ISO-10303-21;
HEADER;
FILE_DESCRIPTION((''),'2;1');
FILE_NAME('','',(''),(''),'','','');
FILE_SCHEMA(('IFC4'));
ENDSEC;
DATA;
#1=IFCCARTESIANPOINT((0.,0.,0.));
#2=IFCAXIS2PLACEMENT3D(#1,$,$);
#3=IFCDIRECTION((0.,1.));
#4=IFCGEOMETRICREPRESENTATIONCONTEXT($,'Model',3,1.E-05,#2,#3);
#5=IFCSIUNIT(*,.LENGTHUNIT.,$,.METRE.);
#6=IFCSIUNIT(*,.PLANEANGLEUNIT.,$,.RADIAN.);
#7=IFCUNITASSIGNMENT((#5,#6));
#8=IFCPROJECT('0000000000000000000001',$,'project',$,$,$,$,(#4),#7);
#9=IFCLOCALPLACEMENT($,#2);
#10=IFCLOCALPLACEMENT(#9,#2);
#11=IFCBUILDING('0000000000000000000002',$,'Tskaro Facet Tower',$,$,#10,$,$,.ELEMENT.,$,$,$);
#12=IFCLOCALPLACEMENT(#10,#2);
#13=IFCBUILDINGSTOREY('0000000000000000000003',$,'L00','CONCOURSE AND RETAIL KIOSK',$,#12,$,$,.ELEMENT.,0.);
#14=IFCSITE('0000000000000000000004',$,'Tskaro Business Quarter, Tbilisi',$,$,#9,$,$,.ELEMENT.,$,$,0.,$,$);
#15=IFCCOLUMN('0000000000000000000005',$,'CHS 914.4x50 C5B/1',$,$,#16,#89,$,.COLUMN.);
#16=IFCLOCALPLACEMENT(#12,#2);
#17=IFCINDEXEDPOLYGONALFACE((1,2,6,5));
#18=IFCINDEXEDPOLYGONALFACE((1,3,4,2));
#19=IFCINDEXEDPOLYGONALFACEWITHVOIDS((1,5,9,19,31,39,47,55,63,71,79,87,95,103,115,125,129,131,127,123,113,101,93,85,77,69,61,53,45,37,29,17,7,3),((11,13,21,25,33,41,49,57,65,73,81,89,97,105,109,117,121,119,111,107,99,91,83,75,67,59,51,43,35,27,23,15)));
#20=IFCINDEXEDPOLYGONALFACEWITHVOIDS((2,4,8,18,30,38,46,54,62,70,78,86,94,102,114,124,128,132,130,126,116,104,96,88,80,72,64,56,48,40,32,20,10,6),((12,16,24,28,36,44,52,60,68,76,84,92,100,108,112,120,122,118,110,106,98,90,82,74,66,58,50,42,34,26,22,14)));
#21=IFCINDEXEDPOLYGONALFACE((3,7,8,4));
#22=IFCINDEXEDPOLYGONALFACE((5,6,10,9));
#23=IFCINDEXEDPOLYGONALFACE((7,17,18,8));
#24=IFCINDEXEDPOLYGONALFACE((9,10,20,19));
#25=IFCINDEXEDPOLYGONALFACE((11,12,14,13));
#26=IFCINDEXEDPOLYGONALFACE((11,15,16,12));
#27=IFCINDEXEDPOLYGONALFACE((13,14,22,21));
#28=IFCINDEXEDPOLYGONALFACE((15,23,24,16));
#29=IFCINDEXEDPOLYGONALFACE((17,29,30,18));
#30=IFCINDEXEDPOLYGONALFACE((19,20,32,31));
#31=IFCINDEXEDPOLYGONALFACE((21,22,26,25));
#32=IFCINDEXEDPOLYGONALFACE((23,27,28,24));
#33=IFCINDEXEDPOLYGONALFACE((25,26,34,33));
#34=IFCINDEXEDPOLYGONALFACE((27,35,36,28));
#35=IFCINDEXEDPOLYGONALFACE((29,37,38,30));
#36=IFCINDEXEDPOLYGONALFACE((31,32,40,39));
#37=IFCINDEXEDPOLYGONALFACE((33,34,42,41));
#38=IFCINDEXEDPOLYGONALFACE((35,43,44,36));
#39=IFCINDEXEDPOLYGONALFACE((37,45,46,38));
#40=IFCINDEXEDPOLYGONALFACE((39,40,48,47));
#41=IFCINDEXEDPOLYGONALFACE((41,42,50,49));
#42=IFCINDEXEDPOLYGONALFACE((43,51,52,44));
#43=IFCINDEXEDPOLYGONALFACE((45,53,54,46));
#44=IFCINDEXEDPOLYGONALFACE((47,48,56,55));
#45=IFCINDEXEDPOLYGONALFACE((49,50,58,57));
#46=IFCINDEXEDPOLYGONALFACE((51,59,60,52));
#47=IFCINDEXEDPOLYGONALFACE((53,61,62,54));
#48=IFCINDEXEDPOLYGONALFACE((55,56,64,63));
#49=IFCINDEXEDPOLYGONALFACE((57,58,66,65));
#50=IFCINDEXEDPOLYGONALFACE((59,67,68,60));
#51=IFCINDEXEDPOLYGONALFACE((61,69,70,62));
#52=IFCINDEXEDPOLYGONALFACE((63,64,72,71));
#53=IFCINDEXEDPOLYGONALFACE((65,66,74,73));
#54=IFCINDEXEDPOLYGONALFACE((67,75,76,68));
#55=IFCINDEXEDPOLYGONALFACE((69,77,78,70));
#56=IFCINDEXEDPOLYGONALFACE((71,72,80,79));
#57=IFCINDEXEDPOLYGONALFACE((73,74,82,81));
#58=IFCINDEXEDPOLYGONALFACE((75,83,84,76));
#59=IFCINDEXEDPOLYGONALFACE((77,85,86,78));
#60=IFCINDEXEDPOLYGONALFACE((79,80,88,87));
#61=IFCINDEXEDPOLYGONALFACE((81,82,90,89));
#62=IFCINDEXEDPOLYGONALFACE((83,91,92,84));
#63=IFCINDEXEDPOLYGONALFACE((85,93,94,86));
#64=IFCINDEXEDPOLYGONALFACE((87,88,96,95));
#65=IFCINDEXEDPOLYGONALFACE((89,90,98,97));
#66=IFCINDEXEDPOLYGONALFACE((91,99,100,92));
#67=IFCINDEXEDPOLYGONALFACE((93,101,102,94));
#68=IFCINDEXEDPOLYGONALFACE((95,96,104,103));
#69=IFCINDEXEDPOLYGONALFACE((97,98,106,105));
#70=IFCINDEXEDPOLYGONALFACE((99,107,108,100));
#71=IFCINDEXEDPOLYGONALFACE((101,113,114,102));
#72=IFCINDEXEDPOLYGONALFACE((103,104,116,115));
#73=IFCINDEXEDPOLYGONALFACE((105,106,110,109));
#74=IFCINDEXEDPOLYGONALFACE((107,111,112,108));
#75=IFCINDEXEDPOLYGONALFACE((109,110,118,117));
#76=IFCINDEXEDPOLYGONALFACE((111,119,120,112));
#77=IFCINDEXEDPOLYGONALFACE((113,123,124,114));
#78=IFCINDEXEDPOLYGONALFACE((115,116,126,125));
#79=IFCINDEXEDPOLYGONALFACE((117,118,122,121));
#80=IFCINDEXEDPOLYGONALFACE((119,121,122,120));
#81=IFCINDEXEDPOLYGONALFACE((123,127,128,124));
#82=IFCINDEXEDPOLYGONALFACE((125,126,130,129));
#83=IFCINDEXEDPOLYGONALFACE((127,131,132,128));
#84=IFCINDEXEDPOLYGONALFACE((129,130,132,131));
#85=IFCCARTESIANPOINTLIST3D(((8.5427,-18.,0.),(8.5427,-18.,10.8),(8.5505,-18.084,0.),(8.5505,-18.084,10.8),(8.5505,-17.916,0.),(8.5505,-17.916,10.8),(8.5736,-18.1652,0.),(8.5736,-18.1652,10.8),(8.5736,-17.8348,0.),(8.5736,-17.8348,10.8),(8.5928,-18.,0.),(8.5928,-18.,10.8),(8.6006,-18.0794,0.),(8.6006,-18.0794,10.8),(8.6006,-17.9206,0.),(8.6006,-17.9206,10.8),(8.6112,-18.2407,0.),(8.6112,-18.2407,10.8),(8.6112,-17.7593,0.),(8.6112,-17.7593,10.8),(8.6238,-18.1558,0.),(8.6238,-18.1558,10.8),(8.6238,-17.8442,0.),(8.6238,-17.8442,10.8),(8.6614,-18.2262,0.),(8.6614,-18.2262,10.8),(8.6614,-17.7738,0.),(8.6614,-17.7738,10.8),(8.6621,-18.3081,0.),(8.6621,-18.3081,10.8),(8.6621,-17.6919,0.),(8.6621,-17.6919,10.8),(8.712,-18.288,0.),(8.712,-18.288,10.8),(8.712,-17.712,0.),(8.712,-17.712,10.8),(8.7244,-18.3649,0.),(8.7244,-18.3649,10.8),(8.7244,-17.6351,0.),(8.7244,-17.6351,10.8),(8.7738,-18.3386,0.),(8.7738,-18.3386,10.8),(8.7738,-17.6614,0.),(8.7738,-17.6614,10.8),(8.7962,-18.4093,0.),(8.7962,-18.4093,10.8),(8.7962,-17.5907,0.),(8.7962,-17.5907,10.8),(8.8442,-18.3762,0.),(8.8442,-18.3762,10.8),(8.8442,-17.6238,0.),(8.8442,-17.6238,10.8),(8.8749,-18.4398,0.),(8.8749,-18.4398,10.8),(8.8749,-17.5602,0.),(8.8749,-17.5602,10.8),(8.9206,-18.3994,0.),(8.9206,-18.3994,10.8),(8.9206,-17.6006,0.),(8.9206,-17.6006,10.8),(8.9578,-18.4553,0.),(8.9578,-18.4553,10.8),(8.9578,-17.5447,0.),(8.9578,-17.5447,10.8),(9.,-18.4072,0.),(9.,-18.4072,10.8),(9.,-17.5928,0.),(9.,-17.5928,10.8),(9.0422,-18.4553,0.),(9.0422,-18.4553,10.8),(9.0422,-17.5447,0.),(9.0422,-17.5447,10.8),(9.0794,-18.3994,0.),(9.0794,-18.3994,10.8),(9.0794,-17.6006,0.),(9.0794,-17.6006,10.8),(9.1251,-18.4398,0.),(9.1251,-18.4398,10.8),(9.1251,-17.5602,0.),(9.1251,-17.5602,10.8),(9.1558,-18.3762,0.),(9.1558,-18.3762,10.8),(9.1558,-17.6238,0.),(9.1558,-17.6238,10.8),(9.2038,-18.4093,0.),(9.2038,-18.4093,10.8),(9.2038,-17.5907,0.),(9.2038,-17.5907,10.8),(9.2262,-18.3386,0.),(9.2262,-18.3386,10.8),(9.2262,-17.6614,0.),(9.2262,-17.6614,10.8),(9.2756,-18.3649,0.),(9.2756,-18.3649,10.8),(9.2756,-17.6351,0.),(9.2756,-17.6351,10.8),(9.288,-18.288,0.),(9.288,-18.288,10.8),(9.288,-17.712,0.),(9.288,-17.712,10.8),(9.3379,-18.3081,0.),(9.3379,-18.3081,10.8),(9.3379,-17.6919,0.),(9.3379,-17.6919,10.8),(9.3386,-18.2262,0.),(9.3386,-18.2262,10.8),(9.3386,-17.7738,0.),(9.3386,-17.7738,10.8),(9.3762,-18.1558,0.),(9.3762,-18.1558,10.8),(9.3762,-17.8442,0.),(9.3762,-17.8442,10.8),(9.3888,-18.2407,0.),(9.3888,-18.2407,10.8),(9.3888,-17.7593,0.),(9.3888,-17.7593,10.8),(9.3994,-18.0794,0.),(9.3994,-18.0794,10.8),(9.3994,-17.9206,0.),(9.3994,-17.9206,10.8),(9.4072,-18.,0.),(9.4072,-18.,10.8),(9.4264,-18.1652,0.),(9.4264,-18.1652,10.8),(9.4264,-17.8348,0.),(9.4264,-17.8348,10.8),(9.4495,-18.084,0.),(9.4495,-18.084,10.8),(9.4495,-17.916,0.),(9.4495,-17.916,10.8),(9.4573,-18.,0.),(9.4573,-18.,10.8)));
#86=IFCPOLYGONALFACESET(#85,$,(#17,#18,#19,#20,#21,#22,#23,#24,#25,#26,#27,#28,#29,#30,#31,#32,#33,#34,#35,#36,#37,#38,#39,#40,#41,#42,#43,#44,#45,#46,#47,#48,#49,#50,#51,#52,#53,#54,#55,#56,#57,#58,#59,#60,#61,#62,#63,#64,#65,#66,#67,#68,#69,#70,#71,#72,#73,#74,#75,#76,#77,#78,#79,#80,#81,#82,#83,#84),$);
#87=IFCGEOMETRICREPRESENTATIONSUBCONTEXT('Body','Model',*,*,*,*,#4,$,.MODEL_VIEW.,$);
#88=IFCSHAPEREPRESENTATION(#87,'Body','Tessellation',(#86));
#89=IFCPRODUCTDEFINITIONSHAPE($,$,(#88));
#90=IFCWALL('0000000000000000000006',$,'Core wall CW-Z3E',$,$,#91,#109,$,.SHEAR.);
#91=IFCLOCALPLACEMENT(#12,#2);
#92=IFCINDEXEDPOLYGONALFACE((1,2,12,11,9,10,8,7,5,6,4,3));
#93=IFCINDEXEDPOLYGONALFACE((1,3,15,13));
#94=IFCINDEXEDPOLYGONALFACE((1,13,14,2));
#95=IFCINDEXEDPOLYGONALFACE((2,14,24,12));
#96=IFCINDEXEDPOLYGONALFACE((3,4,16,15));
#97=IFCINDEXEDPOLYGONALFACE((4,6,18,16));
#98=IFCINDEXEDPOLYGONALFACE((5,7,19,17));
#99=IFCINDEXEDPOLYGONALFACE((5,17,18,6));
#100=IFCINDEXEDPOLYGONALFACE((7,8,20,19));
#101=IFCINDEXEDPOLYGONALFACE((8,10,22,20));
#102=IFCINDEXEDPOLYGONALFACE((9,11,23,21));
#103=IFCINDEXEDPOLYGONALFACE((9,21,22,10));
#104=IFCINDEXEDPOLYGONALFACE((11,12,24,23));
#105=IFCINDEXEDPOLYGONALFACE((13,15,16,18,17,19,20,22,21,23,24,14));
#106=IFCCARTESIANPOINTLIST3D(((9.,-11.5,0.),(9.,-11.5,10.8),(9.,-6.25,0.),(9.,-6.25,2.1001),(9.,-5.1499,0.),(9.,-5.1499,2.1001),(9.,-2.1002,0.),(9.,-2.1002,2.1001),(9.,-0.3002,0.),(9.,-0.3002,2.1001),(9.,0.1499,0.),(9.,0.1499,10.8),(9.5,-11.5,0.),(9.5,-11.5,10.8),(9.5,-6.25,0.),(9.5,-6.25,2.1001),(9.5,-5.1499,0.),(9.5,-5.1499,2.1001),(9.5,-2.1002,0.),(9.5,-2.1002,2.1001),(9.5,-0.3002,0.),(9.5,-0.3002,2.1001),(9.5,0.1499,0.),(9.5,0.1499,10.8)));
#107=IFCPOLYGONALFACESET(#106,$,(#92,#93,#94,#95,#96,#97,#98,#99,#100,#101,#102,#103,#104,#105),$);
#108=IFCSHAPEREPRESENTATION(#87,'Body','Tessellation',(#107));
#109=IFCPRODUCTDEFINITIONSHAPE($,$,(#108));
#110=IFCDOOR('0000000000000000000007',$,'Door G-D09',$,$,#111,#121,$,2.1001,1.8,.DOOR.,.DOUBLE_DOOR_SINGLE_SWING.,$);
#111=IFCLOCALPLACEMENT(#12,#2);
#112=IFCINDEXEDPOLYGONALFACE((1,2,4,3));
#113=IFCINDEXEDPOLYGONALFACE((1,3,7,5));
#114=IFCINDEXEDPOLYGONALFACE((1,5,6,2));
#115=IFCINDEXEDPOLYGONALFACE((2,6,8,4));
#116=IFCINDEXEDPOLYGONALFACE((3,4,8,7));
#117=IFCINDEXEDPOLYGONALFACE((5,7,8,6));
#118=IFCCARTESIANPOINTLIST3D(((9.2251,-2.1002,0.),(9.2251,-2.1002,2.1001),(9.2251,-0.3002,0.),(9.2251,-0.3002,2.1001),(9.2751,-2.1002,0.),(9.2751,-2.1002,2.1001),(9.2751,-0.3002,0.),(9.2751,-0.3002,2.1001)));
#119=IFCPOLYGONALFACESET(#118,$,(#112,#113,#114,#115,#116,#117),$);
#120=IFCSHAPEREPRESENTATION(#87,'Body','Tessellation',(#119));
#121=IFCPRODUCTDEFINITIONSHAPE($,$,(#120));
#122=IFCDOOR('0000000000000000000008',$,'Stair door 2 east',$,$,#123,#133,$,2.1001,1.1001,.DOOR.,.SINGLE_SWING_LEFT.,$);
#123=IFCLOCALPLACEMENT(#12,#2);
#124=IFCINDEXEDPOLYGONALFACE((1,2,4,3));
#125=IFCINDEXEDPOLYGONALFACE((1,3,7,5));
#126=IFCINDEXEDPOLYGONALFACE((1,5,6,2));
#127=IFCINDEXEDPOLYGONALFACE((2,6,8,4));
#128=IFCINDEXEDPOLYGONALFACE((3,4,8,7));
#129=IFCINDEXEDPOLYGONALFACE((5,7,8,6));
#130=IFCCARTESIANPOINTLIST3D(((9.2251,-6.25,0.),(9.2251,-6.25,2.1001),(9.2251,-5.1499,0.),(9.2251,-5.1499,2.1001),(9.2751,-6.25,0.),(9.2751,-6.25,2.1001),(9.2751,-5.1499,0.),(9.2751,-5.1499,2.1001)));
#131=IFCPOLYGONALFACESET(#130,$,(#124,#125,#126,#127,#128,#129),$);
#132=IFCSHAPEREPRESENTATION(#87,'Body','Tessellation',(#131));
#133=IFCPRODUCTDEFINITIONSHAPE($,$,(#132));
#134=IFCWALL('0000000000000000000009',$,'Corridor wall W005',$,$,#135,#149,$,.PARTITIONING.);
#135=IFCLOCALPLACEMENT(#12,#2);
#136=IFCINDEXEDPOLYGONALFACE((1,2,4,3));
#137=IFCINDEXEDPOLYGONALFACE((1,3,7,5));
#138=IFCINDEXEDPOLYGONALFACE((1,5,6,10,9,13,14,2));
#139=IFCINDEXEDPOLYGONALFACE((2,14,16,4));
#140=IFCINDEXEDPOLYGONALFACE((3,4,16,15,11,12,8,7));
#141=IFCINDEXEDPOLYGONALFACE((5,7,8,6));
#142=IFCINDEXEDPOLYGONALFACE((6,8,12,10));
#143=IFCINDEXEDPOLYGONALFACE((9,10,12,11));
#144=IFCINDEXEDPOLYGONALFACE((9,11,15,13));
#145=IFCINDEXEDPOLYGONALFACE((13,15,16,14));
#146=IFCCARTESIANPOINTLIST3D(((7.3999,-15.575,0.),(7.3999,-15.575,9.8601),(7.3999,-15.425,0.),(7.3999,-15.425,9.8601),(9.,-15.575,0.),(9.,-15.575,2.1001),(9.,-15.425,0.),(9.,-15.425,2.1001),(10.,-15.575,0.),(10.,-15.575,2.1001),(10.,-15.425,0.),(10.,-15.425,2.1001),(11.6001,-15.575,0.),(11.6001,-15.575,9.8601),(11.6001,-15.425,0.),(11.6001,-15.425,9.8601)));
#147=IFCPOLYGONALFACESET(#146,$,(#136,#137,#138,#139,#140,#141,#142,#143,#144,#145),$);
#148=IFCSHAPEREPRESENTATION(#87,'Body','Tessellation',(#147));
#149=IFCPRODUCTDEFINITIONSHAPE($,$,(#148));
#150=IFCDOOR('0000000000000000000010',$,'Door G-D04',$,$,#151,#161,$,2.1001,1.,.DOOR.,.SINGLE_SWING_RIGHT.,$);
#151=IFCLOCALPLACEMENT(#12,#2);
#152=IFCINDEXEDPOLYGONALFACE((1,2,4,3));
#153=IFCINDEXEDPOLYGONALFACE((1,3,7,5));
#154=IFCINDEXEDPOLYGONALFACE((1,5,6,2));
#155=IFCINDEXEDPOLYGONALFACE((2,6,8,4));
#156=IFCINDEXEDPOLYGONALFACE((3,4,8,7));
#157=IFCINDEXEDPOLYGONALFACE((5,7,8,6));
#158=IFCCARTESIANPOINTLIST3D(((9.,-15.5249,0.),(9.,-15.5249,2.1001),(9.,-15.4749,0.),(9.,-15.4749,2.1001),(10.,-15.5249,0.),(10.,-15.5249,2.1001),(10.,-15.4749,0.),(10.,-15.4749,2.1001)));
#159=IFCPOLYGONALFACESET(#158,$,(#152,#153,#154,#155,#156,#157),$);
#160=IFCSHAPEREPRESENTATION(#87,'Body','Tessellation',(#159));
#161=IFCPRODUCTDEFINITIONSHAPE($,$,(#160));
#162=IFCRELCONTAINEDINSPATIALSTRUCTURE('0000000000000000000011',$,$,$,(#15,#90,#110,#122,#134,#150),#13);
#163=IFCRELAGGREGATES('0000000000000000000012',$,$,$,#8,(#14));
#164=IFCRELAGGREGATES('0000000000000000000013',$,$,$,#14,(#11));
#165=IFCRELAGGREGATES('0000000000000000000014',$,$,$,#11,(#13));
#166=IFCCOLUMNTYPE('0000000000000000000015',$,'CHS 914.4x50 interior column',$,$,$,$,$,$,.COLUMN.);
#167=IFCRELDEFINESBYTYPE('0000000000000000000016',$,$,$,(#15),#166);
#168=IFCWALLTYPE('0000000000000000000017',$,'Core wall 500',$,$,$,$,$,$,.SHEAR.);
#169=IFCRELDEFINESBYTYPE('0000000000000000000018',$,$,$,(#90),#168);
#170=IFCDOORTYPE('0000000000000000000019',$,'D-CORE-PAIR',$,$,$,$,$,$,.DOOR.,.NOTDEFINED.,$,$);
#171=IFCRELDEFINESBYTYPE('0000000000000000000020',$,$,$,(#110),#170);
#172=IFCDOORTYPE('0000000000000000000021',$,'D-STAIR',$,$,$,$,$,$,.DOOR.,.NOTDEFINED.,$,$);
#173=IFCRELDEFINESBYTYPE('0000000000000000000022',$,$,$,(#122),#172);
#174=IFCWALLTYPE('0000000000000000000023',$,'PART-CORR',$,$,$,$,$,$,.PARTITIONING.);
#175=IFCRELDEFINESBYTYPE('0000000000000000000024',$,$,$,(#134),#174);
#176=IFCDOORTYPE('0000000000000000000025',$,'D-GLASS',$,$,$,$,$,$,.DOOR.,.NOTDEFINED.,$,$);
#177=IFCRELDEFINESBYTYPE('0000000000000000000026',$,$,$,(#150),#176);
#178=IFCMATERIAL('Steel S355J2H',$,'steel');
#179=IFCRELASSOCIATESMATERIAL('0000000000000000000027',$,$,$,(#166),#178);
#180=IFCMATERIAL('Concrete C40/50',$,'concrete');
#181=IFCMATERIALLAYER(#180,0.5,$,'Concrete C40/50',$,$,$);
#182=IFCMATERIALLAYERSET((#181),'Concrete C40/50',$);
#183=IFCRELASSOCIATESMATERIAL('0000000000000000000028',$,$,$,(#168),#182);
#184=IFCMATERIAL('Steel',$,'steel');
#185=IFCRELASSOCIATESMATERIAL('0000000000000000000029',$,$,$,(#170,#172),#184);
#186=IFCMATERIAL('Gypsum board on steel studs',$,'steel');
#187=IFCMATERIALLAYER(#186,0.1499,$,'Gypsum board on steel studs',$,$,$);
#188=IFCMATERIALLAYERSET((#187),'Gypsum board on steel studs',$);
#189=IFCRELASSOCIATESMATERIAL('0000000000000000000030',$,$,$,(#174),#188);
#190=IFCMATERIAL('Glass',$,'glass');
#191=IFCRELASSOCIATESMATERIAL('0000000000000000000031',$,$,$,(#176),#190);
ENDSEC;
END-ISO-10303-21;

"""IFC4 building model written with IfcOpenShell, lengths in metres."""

from ifc_helpers import new_model, si_unit, direction, frame, frame_2d, origin, origin_2d, place, context, subcontext, project, spatial, rectangle, hollow_circle, extrude, material, layer, layer_set, material_profile, profile_set, type_object, element, fill, save


model = new_model("IFC4")

# Units and contexts
model_context = context("Model", 3, precision=1e-05, world=origin(), true_north=direction((0.0, 1.0)))
body_context = subcontext(model_context, "Body", "Model", "MODEL_VIEW")
ifc_project = project(units=[si_unit("LENGTHUNIT", "METRE"), si_unit("PLANEANGLEUNIT", "RADIAN")], contexts=[model_context])

# Site, building, storey
site_placement = place(None, origin())
site = spatial("IfcSite", under=ifc_project, at=site_placement, Name="Tskaro Business Quarter, Tbilisi", CompositionType="ELEMENT", RefElevation=0.0)
building_placement = place(site_placement, origin())
building = spatial("IfcBuilding", under=site, at=building_placement, Name="Tskaro Facet Tower", CompositionType="ELEMENT")
storey_placement = place(building_placement, origin())
storey = spatial("IfcBuildingStorey", under=building, at=storey_placement, Name="L00", Description="CONCOURSE AND RETAIL KIOSK", CompositionType="ELEMENT", Elevation=0.0)

# Column
ifc_material_1 = material(Name="Steel S355J2H", Category="steel")
ifc_material_profile = material_profile(ifc_material_1, hollow_circle(Radius=0.4573, WallThickness=0.05, at=origin_2d()), Name="CHS 914.4x50")
ifc_profile_set = profile_set([ifc_material_profile], Name="Steel S355J2H")
column_type = type_object("IfcColumnType", Name="CHS 914.4x50 interior column", PredefinedType="COLUMN", material=ifc_profile_set)
column_placement = place(storey_placement, frame((9.0, -18.0, 0.0), z_axis=(0.0, 0.0, 1.0), x_axis=(1.0, 0.0, 0.0)))
element("IfcColumn", 1, at=column_placement, inside=storey, type_object=column_type, Name="CHS 914.4x50 C5B/1", PredefinedType="COLUMN", context=body_context, shape_type="SweptSolid", body=[
    extrude(hollow_circle(Radius=0.4573, WallThickness=0.05, at=origin_2d()), origin(), (0.0, 0.0, 1.0), 10.8),
])

# Wall, openings, doors
ifc_material_2 = material(Name="Concrete C40/50", Category="concrete")
ifc_layer_1 = layer(ifc_material_2, 0.5, Name="Concrete C40/50")
ifc_layer_set_1 = layer_set([ifc_layer_1], Name="Concrete C40/50")
wall_type_1 = type_object("IfcWallType", Name="Core wall 500", PredefinedType="SHEAR", material=ifc_layer_set_1)
wall_1_placement = place(storey_placement, frame((9.25, -11.5, 0.0), z_axis=(0.0, 0.0, 1.0), x_axis=(0.0, 1.0, 0.0)))
wall_1 = element("IfcWall", 2, at=wall_1_placement, inside=storey, type_object=wall_type_1, Name="Core wall CW-Z3E", PredefinedType="SHEAR", context=body_context, shape_type="SweptSolid", body=[
    extrude(rectangle(XDim=11.6499, YDim=0.5, at=frame_2d((5.825, 0.0))), origin(), (0.0, 0.0, 1.0), 10.8),
])
opening_1_placement = place(wall_1_placement, frame((9.3999, 0.0, 0.0)))
opening_1 = element("IfcOpeningElement", 3, at=opening_1_placement, cuts=wall_1, PredefinedType="OPENING", context=body_context, shape_type="SweptSolid", body=[
    extrude(rectangle(XDim=1.8, YDim=2.1001, at=frame_2d((0.8999, 1.05))), frame((0.0, 0.26, 0.0), z_axis=(0.0, -1.0, 0.0), x_axis=(1.0, 0.0, 0.0)), (0.0, 0.0, 1.0), 0.52),
])
opening_2_placement = place(wall_1_placement, frame((5.25, 0.0, 0.0)))
opening_2 = element("IfcOpeningElement", 4, at=opening_2_placement, cuts=wall_1, PredefinedType="OPENING", context=body_context, shape_type="SweptSolid", body=[
    extrude(rectangle(XDim=1.1001, YDim=2.1001, at=frame_2d((0.55, 1.05))), frame((0.0, 0.26, 0.0), z_axis=(0.0, -1.0, 0.0), x_axis=(1.0, 0.0, 0.0)), (0.0, 0.0, 1.0), 0.52),
])
ifc_material_3 = material(Name="Steel", Category="steel")
door_type_1 = type_object("IfcDoorType", Name="D-CORE-PAIR", OperationType="NOTDEFINED", PredefinedType="DOOR", material=ifc_material_3)
door_1_placement = place(opening_1_placement, origin())
door_1 = element("IfcDoor", 5, at=door_1_placement, inside=storey, type_object=door_type_1, Name="Door G-D09", OperationType="DOUBLE_DOOR_SINGLE_SWING", OverallHeight=2.1001, OverallWidth=1.8, PredefinedType="DOOR", context=body_context, shape_type="SweptSolid", body=[
    extrude(rectangle(XDim=1.8, YDim=2.1001, at=frame_2d((0.8999, 1.05))), frame((0.0, 0.0249, 0.0), z_axis=(0.0, -1.0, 0.0), x_axis=(1.0, 0.0, 0.0)), (0.0, 0.0, 1.0), 0.05),
])
fill(opening_1, door_1)
door_type_2 = type_object("IfcDoorType", Name="D-STAIR", OperationType="NOTDEFINED", PredefinedType="DOOR", material=ifc_material_3)
door_2_placement = place(opening_2_placement, origin())
door_2 = element("IfcDoor", 6, at=door_2_placement, inside=storey, type_object=door_type_2, Name="Stair door 2 east", OperationType="SINGLE_SWING_LEFT", OverallHeight=2.1001, OverallWidth=1.1001, PredefinedType="DOOR", context=body_context, shape_type="SweptSolid", body=[
    extrude(rectangle(XDim=1.1001, YDim=2.1001, at=frame_2d((0.55, 1.05))), frame((0.0, 0.0249, 0.0), z_axis=(0.0, -1.0, 0.0), x_axis=(1.0, 0.0, 0.0)), (0.0, 0.0, 1.0), 0.05),
])
fill(opening_2, door_2)

# Wall, opening, door
ifc_material_4 = material(Name="Gypsum board on steel studs", Category="steel")
ifc_layer_2 = layer(ifc_material_4, 0.1499, Name="Gypsum board on steel studs")
ifc_layer_set_2 = layer_set([ifc_layer_2], Name="Gypsum board on steel studs")
wall_type_2 = type_object("IfcWallType", Name="PART-CORR", PredefinedType="PARTITIONING", material=ifc_layer_set_2)
wall_2_placement = place(storey_placement, frame((11.6001, -15.5, 0.0), z_axis=(0.0, 0.0, 1.0), x_axis=(-1.0, 0.0, 0.0)))
wall_2 = element("IfcWall", 7, at=wall_2_placement, inside=storey, type_object=wall_type_2, Name="Corridor wall W005", PredefinedType="PARTITIONING", context=body_context, shape_type="SweptSolid", body=[
    extrude(rectangle(XDim=4.2002, YDim=0.1499, at=frame_2d((2.1001, 0.0))), origin(), (0.0, 0.0, 1.0), 9.8601),
])
opening_3_placement = place(wall_2_placement, frame((1.6001, 0.0, 0.0)))
opening_3 = element("IfcOpeningElement", 8, at=opening_3_placement, cuts=wall_2, PredefinedType="OPENING", context=body_context, shape_type="SweptSolid", body=[
    extrude(rectangle(XDim=1.0, YDim=2.1001, at=frame_2d((0.5, 1.05))), frame((0.0, 0.085, 0.0), z_axis=(0.0, -1.0, 0.0), x_axis=(1.0, 0.0, 0.0)), (0.0, 0.0, 1.0), 0.1699),
])
ifc_material_5 = material(Name="Glass", Category="glass")
door_type_3 = type_object("IfcDoorType", Name="D-GLASS", OperationType="NOTDEFINED", PredefinedType="DOOR", material=ifc_material_5)
door_3_placement = place(opening_3_placement, origin())
door_3 = element("IfcDoor", 9, at=door_3_placement, inside=storey, type_object=door_type_3, Name="Door G-D04", OperationType="SINGLE_SWING_RIGHT", OverallHeight=2.1001, OverallWidth=1.0, PredefinedType="DOOR", context=body_context, shape_type="SweptSolid", body=[
    extrude(rectangle(XDim=1.0, YDim=2.1001, at=frame_2d((0.5, 1.05))), frame((0.0, 0.0249, 0.0), z_axis=(0.0, -1.0, 0.0), x_axis=(1.0, 0.0, 0.0)), (0.0, 0.0, 1.0), 0.05),
])
fill(opening_3, door_3)

save(model, "model.ifc")
